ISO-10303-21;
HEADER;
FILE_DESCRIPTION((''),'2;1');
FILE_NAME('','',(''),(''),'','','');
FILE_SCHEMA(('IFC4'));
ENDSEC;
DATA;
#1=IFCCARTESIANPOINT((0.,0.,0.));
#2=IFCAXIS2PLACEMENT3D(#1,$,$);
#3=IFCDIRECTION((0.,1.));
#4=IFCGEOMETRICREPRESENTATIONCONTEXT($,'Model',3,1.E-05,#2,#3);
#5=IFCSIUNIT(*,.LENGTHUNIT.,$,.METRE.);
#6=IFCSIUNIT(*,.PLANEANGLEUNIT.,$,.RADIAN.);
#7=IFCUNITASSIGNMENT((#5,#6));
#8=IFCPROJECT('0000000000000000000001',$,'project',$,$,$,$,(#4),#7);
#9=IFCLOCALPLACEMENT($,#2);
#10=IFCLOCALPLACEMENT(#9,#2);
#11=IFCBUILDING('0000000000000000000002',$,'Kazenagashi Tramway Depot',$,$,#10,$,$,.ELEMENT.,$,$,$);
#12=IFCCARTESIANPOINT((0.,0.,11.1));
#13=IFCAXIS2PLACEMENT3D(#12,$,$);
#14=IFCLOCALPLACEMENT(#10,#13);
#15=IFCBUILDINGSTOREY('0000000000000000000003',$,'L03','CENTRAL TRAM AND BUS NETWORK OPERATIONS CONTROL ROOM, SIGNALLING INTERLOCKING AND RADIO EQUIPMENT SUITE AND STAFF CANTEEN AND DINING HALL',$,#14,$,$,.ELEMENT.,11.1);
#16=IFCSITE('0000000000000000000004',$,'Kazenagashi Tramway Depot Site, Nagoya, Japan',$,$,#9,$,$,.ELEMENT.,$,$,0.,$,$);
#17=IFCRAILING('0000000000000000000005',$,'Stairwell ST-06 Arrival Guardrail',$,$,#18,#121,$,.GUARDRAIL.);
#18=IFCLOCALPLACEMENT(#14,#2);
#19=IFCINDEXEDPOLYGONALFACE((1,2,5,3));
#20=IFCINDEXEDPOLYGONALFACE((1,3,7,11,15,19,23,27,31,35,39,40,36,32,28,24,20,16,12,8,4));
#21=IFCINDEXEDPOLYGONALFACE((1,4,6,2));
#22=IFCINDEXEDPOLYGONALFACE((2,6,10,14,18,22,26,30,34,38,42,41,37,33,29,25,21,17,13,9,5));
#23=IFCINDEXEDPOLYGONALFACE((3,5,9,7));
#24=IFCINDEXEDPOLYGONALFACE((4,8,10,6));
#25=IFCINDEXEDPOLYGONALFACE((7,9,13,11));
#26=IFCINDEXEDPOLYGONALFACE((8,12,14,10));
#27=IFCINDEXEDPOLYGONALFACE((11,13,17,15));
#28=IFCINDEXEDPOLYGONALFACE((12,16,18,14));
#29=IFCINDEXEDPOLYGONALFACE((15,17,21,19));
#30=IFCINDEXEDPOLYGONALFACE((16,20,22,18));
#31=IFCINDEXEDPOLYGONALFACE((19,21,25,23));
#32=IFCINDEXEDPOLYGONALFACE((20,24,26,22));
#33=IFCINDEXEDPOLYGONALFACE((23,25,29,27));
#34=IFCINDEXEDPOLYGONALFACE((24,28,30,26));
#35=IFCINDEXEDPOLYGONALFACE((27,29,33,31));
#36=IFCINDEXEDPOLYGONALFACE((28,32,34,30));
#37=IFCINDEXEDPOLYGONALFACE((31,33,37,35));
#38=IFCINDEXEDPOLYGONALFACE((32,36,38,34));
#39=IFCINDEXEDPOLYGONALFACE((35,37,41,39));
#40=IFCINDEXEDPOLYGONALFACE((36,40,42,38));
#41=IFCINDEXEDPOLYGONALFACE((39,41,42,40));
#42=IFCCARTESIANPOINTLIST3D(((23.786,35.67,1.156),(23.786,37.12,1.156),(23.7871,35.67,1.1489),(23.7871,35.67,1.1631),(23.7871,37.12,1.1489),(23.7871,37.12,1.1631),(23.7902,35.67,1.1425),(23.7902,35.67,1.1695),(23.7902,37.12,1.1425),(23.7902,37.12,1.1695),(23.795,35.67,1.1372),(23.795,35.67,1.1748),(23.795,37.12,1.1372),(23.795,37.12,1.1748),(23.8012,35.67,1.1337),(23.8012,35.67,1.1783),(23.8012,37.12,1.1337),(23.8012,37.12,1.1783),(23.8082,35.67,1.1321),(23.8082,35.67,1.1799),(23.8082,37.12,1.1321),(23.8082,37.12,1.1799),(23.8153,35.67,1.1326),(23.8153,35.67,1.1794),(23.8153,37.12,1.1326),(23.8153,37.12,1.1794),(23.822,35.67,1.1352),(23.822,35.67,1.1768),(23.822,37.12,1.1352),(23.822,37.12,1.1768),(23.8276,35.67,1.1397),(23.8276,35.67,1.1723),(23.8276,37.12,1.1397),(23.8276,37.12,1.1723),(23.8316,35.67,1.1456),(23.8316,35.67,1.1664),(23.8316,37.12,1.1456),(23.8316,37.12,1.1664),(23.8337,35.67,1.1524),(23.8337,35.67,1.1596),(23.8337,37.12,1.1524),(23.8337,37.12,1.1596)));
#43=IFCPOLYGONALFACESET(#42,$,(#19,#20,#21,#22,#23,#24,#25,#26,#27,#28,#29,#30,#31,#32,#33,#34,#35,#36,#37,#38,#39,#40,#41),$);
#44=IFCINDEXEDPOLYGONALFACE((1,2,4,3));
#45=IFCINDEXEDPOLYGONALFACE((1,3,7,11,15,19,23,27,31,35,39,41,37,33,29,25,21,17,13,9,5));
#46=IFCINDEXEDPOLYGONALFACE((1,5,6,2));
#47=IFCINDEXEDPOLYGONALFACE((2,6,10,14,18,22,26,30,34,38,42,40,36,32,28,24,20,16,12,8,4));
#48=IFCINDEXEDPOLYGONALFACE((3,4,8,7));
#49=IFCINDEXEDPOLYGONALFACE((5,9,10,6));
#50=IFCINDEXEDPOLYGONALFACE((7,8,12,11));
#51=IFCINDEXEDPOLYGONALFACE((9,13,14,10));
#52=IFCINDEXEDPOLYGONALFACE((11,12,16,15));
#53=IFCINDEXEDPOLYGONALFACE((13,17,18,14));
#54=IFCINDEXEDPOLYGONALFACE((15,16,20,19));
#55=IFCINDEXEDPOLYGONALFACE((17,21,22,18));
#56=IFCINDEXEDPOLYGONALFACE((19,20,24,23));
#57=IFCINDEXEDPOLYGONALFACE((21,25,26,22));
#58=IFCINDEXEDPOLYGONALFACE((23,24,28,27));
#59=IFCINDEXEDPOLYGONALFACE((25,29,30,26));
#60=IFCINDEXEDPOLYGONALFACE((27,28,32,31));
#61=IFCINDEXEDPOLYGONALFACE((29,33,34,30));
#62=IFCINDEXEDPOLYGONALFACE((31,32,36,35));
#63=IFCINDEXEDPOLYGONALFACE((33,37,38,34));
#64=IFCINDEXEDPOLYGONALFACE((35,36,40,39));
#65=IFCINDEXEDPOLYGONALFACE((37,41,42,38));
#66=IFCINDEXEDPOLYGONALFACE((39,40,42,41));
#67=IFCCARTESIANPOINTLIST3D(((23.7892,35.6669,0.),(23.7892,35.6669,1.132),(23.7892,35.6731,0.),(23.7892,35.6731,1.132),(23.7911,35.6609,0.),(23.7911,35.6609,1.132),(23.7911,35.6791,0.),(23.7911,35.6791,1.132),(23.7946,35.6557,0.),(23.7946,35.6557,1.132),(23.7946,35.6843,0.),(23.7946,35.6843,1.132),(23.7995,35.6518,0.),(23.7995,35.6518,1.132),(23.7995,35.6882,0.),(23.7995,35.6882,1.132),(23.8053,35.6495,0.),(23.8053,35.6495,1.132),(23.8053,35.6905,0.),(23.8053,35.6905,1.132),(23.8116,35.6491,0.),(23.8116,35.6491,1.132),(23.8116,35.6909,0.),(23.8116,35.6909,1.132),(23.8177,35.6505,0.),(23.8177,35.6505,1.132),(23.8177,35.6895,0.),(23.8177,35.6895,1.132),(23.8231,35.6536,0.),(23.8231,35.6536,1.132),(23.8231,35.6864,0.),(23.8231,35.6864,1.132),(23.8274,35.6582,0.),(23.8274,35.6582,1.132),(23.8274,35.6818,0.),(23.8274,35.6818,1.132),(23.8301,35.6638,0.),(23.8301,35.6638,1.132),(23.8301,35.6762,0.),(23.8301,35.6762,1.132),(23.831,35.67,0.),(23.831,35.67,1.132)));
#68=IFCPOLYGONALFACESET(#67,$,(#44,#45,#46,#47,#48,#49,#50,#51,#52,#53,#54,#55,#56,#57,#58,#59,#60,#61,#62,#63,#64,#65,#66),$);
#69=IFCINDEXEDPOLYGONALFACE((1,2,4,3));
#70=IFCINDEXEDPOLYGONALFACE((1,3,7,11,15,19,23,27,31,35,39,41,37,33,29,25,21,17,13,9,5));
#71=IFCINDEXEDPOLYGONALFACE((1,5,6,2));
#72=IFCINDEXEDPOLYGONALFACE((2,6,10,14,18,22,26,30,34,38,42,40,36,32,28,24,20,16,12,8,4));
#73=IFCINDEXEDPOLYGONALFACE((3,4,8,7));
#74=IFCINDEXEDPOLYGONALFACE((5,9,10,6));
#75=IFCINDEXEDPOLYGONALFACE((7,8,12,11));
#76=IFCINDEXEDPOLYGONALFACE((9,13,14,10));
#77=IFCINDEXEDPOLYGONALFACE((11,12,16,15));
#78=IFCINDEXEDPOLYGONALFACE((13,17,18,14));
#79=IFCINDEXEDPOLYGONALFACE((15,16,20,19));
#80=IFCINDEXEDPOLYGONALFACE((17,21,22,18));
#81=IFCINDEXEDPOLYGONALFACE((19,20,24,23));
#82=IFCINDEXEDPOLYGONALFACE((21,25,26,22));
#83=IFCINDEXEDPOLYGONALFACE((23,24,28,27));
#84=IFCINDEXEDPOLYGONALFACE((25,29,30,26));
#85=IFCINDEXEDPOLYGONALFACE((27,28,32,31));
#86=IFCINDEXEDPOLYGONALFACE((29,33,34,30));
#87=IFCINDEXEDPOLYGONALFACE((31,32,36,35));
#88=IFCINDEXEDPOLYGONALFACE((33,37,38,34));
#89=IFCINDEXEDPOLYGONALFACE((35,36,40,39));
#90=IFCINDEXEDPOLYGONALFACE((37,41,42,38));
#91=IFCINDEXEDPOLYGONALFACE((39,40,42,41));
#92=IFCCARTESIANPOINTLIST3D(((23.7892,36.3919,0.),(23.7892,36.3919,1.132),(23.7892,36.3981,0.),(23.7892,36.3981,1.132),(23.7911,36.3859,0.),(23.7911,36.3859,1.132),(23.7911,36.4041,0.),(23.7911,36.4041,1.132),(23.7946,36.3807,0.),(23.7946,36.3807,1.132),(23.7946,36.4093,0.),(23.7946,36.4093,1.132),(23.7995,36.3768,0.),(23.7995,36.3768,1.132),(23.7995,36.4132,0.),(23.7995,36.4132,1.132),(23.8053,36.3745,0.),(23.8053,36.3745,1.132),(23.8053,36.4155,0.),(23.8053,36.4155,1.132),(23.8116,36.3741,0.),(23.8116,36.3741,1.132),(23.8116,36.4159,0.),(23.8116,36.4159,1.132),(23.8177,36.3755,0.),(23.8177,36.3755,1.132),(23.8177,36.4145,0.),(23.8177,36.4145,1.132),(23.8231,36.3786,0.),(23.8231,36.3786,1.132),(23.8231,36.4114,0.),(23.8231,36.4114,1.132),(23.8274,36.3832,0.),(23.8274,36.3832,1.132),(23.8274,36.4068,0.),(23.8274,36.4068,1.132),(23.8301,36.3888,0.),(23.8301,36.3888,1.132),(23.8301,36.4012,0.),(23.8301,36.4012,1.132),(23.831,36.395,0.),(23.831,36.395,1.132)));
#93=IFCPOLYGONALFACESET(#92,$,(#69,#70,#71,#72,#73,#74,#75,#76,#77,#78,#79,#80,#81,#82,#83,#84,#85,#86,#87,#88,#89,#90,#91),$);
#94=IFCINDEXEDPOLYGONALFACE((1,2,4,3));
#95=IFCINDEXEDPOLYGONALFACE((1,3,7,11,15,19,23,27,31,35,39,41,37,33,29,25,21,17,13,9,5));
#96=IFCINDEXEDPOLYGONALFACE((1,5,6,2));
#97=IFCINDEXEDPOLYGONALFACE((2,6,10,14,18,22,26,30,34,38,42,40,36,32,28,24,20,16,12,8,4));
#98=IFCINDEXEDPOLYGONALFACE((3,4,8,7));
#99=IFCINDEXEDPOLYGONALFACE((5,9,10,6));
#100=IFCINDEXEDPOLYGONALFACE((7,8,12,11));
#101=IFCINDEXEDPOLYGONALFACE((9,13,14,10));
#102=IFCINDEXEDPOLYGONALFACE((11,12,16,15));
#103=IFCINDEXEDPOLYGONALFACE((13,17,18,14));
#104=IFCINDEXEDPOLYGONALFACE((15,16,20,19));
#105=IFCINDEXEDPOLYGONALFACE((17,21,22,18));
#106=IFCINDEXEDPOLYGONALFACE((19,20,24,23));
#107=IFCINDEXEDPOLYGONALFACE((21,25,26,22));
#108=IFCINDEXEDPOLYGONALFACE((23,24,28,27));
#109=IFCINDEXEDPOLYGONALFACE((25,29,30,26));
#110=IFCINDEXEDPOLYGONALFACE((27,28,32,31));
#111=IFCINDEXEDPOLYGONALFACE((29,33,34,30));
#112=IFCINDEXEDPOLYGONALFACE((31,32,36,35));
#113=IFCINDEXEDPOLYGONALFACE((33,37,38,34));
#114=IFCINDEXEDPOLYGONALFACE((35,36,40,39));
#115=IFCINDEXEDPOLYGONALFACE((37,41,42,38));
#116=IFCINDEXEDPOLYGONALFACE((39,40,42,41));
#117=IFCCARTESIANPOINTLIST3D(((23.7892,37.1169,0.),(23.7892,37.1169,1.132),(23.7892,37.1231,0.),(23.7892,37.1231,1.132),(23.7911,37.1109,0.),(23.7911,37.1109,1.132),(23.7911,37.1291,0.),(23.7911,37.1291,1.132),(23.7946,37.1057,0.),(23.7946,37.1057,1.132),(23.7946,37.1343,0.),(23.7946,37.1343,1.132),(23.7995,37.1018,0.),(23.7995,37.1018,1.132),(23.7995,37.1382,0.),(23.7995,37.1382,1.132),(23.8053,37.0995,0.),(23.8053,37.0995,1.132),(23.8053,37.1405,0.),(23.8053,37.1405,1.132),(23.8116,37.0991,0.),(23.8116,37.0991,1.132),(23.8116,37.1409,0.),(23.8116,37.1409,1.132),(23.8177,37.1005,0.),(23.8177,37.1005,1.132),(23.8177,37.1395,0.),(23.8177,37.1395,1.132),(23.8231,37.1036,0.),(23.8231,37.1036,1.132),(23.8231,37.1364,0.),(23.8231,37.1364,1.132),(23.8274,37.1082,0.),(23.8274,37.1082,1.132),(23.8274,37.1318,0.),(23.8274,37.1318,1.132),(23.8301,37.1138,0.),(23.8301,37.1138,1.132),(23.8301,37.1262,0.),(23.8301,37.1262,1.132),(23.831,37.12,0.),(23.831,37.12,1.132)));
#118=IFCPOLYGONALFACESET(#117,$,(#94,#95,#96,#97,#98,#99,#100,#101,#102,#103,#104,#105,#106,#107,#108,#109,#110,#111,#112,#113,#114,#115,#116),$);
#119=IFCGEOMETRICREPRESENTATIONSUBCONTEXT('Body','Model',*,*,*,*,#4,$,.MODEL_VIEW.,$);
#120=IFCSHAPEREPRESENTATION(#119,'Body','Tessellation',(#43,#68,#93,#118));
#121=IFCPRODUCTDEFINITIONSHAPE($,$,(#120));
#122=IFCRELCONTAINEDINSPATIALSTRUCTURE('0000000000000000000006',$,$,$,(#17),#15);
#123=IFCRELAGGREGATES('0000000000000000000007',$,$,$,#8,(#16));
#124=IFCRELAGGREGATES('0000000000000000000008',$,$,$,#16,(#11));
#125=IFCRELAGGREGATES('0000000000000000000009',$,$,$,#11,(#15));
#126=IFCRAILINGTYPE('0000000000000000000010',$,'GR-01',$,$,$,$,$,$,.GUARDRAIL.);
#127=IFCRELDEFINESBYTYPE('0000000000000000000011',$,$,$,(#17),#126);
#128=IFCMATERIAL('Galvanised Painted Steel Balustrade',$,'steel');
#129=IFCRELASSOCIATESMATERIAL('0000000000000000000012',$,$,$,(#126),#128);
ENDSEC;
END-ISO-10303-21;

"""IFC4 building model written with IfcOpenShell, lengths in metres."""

from ifc_helpers import new_model, si_unit, direction, frame, origin, origin_2d, place, context, subcontext, project, spatial, circle, extrude, material, type_object, element, save


model = new_model("IFC4")

# Units and contexts
model_context = context("Model", 3, precision=1e-05, world=origin(), true_north=direction((0.0, 1.0)))
body_context = subcontext(model_context, "Body", "Model", "MODEL_VIEW")
ifc_project = project(units=[si_unit("LENGTHUNIT", "METRE"), si_unit("PLANEANGLEUNIT", "RADIAN")], contexts=[model_context])

# Site, building, storey
site_placement = place(None, origin())
site = spatial("IfcSite", under=ifc_project, at=site_placement, Name="Kazenagashi Tramway Depot Site, Nagoya, Japan", CompositionType="ELEMENT", RefElevation=0.0)
building_placement = place(site_placement, origin())
building = spatial("IfcBuilding", under=site, at=building_placement, Name="Kazenagashi Tramway Depot", CompositionType="ELEMENT")
storey_placement = place(building_placement, frame((0.0, 0.0, 11.1)))
storey = spatial("IfcBuildingStorey", under=building, at=storey_placement, Name="L03", Description="CENTRAL TRAM AND BUS NETWORK OPERATIONS CONTROL ROOM, SIGNALLING INTERLOCKING AND RADIO EQUIPMENT SUITE AND STAFF CANTEEN AND DINING HALL", CompositionType="ELEMENT", Elevation=11.1)

# Railing
ifc_material_1 = material(Name="Galvanised Painted Steel Balustrade", Category="steel")
railing_type_1 = type_object("IfcRailingType", Name="GR-01", PredefinedType="GUARDRAIL", material=ifc_material_1)
railing_1_placement = place(storey_placement, frame((23.81, 35.67, 0.0)))
element("IfcRailing", 1, at=railing_1_placement, inside=storey, type_object=railing_type_1, Name="Stairwell ST-06 Arrival Guardrail", PredefinedType="GUARDRAIL", context=body_context, shape_type="SweptSolid", body=[
    extrude(circle(Radius=0.024, at=origin_2d()), frame((0.0, 0.0, 1.156), z_axis=(0.0, 1.0, 0.0), x_axis=(-1.0, 0.0, 0.0)), (0.0, 0.0, 1.0), 1.45),
    extrude(circle(Radius=0.021, at=origin_2d()), origin(), (0.0, 0.0, 1.0), 1.132),
    extrude(circle(Radius=0.021, at=origin_2d()), frame((0.0, 0.725, 0.0)), (0.0, 0.0, 1.0), 1.132),
    extrude(circle(Radius=0.021, at=origin_2d()), frame((0.0, 1.45, 0.0)), (0.0, 0.0, 1.0), 1.132),
])

save(model, "model.ifc")
